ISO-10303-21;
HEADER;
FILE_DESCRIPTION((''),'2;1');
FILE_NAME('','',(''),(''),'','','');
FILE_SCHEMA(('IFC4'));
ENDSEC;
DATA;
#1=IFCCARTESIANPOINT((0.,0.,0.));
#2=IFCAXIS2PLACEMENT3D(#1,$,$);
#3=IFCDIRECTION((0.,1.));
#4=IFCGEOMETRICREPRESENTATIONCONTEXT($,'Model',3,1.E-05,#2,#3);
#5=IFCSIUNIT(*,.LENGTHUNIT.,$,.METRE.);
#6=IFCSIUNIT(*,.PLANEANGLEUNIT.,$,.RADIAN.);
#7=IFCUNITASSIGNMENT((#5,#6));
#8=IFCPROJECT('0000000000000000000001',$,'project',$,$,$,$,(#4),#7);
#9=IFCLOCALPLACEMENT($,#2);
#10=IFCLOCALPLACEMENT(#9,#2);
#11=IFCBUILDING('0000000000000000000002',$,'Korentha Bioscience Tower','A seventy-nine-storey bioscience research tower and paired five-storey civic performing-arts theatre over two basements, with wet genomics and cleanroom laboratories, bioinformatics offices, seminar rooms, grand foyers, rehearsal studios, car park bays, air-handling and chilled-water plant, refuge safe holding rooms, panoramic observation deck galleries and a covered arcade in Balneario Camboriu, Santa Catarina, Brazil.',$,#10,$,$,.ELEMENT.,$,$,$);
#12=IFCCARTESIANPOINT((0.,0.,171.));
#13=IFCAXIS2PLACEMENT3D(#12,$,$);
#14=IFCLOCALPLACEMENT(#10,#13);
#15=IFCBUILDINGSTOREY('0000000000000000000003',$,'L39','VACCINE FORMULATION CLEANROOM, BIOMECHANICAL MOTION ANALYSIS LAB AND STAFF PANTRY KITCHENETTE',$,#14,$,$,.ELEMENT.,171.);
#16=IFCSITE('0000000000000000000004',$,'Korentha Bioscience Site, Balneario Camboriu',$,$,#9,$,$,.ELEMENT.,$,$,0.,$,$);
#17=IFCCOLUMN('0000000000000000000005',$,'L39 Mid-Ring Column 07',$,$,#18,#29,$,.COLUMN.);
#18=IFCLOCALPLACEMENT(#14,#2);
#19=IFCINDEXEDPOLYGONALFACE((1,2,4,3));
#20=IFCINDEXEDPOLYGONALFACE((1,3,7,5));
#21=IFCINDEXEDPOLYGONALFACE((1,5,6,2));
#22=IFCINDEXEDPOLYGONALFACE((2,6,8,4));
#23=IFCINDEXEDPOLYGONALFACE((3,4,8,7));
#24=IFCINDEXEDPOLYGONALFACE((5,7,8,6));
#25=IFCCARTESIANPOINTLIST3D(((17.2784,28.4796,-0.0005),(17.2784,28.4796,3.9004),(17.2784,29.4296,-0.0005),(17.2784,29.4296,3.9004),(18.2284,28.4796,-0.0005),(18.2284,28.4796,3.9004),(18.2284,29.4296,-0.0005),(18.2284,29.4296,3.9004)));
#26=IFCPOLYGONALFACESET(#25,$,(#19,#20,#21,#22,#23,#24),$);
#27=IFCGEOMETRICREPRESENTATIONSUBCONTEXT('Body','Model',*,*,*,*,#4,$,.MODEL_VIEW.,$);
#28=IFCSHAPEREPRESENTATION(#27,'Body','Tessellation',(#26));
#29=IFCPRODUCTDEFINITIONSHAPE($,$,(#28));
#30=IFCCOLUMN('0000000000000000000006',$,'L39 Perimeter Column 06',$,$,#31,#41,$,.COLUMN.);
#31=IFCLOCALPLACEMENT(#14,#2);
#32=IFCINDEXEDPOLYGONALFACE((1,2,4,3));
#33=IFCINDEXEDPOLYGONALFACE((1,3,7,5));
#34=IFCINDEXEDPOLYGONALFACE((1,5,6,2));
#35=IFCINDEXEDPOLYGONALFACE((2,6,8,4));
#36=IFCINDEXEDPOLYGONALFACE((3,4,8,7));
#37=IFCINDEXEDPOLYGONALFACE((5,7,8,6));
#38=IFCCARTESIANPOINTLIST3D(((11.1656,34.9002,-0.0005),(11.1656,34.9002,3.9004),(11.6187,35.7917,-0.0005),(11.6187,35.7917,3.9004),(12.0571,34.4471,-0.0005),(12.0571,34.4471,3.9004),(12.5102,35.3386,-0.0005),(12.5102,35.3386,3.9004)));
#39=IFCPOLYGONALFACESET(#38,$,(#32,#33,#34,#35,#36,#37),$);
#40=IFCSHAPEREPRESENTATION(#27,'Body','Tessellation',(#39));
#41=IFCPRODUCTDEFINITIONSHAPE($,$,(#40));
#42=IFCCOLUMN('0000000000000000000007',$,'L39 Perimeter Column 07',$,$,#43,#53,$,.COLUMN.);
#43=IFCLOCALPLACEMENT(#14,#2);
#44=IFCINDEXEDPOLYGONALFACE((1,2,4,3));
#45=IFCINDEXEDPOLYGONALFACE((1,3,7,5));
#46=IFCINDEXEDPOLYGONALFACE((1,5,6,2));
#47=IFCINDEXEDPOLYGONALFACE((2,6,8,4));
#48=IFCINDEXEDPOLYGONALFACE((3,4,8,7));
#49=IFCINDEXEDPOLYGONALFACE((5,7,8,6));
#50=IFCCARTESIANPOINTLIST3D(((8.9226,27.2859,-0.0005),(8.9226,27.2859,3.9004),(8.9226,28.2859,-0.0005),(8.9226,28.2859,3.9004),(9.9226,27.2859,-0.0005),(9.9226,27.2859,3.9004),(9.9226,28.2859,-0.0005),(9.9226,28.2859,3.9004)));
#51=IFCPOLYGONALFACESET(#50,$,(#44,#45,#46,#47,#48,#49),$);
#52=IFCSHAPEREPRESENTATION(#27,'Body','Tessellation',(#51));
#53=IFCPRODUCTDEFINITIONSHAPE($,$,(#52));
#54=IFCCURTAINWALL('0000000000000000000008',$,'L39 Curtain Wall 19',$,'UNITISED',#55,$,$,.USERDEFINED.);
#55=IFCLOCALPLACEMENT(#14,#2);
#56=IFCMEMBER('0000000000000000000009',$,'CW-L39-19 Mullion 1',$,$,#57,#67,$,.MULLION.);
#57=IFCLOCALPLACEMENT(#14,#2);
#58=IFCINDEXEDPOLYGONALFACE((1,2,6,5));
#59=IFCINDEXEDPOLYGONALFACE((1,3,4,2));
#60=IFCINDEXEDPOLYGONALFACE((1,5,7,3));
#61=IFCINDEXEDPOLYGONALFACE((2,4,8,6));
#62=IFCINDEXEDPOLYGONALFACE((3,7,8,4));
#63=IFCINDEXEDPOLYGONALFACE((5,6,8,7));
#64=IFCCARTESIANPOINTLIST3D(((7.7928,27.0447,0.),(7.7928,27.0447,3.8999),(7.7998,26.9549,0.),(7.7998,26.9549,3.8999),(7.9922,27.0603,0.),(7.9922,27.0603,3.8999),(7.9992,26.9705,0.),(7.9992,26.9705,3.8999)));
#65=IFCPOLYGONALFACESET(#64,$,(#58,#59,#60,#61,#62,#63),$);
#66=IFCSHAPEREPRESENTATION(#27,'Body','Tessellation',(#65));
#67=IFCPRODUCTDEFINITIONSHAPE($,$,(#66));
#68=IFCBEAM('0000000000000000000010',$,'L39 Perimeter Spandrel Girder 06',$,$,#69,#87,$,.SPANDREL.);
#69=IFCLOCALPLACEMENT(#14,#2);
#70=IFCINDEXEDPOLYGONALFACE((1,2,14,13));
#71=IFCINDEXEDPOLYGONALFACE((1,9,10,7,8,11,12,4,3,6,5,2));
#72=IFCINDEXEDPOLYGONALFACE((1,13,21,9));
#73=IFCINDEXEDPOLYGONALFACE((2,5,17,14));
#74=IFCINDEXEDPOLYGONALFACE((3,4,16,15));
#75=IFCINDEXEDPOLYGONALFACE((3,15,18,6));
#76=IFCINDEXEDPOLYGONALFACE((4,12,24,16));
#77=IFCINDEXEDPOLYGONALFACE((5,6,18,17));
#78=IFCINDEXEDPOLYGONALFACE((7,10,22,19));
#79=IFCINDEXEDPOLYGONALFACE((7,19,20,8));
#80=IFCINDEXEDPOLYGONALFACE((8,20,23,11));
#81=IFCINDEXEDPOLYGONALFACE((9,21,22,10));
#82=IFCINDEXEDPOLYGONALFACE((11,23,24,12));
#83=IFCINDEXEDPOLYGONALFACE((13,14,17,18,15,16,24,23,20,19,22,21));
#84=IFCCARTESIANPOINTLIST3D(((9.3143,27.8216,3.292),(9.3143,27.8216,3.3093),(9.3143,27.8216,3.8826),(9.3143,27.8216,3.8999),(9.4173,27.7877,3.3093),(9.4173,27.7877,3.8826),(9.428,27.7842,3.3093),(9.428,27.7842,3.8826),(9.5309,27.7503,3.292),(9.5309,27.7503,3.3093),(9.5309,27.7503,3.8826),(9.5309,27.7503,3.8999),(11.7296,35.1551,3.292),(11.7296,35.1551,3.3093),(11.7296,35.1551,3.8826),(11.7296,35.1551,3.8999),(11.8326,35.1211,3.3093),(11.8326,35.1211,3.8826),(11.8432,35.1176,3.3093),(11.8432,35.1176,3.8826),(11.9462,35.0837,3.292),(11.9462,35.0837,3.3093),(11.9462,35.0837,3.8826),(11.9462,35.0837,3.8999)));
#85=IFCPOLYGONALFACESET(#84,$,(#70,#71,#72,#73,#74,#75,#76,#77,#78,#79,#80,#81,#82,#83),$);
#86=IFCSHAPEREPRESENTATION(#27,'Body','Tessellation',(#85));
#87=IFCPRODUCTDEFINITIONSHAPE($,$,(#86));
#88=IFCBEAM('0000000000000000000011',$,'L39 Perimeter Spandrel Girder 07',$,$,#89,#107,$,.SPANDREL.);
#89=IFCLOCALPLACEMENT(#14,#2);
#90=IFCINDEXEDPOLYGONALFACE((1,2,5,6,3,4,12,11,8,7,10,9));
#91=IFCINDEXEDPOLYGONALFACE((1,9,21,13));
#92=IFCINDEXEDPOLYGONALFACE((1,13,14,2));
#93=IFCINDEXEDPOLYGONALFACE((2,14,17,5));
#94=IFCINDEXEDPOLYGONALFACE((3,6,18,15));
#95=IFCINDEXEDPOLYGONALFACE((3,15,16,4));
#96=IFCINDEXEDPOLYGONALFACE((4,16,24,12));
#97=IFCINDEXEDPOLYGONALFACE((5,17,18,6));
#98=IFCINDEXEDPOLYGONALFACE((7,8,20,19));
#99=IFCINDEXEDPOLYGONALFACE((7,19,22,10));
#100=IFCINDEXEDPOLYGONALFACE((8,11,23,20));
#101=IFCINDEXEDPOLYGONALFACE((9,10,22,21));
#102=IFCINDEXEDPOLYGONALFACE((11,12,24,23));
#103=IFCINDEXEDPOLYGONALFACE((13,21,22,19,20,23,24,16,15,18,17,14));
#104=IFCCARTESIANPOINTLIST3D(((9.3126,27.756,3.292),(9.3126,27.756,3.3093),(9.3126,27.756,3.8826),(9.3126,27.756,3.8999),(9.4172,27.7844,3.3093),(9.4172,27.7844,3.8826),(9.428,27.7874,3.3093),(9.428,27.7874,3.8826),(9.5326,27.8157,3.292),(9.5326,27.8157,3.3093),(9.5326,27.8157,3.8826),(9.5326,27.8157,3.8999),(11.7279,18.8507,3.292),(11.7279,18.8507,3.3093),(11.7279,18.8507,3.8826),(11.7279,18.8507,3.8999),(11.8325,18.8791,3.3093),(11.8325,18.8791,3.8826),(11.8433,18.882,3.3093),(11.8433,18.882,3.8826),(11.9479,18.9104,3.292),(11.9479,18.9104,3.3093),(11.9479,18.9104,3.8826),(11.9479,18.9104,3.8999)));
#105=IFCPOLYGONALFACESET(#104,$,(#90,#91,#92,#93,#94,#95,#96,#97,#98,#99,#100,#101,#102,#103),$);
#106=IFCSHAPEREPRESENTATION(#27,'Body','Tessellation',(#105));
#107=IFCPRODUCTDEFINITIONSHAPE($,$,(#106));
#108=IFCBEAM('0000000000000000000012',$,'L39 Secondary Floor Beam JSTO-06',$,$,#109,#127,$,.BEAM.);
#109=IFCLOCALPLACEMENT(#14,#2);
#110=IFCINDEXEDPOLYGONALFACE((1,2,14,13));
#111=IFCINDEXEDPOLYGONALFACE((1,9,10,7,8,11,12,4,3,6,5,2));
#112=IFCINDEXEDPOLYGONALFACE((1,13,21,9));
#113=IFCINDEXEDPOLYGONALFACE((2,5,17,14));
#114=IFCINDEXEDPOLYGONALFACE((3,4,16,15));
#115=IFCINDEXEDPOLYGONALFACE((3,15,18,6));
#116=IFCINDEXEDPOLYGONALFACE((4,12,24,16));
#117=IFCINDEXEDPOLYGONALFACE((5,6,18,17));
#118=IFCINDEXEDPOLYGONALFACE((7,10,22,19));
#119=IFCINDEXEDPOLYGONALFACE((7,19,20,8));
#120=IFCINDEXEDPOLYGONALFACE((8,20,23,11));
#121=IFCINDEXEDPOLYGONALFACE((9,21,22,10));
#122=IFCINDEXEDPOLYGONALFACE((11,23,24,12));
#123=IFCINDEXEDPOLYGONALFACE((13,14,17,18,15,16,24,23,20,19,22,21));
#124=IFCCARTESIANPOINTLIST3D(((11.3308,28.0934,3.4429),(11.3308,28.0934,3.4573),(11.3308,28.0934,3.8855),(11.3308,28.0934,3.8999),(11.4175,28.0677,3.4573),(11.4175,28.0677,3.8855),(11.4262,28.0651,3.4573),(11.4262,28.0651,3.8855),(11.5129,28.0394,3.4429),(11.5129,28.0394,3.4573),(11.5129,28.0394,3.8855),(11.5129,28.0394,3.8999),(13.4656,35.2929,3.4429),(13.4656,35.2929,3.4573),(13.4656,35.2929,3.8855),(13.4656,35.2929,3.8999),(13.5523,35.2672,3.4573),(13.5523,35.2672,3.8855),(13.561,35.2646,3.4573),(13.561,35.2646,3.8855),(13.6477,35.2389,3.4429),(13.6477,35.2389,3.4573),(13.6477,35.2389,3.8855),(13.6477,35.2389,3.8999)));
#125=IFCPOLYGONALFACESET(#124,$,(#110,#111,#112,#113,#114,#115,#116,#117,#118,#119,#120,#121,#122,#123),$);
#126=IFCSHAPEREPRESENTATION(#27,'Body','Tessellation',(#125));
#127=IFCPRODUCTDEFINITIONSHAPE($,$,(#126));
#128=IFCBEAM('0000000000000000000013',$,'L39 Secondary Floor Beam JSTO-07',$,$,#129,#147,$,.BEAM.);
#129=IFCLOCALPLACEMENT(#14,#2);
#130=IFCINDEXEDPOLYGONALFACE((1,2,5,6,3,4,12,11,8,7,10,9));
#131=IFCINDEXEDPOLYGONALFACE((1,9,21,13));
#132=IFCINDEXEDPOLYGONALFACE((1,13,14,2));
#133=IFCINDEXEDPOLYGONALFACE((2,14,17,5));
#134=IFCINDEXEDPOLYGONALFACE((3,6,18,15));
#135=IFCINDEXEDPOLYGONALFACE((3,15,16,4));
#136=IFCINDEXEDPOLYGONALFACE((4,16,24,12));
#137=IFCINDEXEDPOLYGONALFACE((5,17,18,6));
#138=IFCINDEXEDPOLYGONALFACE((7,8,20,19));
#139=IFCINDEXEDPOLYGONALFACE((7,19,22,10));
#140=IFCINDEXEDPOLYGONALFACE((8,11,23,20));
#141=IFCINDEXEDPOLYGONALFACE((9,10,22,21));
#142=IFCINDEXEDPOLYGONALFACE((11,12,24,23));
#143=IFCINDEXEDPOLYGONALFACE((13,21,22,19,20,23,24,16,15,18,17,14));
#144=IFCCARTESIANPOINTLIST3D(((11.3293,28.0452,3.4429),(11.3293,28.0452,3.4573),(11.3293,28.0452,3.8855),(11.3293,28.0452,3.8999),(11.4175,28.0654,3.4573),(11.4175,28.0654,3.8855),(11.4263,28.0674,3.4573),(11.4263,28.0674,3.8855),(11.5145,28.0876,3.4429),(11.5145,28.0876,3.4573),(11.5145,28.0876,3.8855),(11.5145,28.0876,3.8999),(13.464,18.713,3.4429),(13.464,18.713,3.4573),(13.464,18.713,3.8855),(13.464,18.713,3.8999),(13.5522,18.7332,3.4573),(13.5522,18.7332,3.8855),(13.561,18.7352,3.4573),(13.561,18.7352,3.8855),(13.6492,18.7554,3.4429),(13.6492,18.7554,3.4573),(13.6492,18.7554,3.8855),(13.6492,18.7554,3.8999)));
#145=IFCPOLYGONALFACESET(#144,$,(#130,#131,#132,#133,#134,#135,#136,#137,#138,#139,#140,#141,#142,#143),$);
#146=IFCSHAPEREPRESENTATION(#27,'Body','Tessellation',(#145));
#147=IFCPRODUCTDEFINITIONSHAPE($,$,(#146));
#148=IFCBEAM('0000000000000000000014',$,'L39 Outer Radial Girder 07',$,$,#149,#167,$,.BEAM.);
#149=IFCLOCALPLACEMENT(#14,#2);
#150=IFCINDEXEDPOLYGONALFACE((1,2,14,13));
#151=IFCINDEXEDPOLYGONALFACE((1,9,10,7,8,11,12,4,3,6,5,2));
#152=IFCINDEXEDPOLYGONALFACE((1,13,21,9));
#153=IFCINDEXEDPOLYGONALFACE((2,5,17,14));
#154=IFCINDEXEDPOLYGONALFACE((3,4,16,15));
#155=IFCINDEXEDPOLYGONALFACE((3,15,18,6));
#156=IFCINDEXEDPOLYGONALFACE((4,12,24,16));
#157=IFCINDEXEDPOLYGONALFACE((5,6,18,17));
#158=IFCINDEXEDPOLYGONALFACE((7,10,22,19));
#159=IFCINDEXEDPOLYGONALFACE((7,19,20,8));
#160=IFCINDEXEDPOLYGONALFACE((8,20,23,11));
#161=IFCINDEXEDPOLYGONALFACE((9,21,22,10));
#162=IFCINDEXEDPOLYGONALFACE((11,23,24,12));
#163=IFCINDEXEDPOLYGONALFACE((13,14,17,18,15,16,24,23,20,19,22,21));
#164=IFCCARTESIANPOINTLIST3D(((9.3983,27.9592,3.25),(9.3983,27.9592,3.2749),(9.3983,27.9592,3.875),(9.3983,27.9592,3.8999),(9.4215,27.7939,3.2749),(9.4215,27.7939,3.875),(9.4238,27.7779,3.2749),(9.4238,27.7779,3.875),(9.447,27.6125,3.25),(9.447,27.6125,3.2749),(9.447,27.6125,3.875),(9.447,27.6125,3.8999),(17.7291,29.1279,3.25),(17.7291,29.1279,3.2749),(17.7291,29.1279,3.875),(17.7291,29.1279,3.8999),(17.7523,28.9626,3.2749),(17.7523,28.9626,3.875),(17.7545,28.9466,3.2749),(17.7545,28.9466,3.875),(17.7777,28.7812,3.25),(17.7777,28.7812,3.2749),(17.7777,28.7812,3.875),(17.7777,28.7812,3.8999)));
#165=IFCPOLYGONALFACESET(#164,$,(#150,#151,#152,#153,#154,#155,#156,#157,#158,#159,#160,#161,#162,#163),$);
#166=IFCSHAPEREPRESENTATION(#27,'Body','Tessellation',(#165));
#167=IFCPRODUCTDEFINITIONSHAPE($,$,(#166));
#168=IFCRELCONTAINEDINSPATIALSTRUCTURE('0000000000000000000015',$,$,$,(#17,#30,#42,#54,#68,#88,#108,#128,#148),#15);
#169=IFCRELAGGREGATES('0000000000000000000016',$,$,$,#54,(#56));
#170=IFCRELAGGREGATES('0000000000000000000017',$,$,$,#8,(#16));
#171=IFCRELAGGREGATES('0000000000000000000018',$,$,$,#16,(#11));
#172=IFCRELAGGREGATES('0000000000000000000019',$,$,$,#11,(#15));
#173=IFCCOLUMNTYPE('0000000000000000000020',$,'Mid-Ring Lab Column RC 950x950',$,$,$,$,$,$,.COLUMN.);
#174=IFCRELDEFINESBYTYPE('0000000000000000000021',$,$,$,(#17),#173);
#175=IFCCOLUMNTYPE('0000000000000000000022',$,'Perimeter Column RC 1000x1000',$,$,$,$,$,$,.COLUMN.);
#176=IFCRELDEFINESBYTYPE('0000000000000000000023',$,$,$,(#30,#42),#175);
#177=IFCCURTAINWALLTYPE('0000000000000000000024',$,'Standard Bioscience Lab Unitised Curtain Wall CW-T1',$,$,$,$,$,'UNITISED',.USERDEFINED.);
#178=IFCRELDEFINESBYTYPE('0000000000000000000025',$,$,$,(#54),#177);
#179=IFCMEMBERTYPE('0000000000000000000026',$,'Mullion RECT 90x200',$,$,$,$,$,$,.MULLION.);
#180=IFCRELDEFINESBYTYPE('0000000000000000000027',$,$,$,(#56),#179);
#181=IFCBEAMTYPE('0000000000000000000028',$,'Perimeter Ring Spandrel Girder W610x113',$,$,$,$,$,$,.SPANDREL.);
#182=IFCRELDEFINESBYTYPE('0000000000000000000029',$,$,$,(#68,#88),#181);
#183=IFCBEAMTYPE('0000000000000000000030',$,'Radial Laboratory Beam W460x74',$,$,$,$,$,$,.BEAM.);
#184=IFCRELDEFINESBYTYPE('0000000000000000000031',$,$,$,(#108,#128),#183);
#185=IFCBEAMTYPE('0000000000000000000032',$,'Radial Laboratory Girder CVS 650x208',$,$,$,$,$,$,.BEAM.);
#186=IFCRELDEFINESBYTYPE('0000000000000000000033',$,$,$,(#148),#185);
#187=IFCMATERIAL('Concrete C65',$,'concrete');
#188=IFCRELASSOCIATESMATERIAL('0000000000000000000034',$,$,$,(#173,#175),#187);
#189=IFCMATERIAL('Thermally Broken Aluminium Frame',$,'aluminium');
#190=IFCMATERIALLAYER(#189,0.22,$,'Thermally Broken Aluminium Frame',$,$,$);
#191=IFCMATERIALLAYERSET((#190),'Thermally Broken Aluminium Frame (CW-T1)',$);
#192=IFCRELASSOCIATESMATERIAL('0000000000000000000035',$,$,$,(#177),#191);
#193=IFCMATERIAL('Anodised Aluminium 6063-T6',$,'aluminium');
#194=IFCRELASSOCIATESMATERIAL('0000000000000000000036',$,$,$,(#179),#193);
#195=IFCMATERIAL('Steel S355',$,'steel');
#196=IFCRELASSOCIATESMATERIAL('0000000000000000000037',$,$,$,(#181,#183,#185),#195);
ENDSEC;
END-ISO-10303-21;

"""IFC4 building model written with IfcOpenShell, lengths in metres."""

from ifc_helpers import new_model, si_unit, direction, frame, origin, origin_2d, place, context, subcontext, project, spatial, rectangle, i_section, extrude, material, layer, layer_set, material_profile, profile_set, type_object, element, aggregate, save


model = new_model("IFC4")

# Units and contexts
model_context = context("Model", 3, precision=1e-05, world=origin(), true_north=direction((0.0, 1.0)))
body_context = subcontext(model_context, "Body", "Model", "MODEL_VIEW")
ifc_project = project(units=[si_unit("LENGTHUNIT", "METRE"), si_unit("PLANEANGLEUNIT", "RADIAN")], contexts=[model_context])

# Site, building, storey
site_placement = place(None, origin())
site = spatial("IfcSite", under=ifc_project, at=site_placement, Name="Korentha Bioscience Site, Balneario Camboriu", CompositionType="ELEMENT", RefElevation=0.0)
building_placement = place(site_placement, origin())
building = spatial("IfcBuilding", under=site, at=building_placement, Name="Korentha Bioscience Tower", Description="A seventy-nine-storey bioscience research tower and paired five-storey civic performing-arts theatre over two basements, with wet genomics and cleanroom laboratories, bioinformatics offices, seminar rooms, grand foyers, rehearsal studios, car park bays, air-handling and chilled-water plant, refuge safe holding rooms, panoramic observation deck galleries and a covered arcade in Balneario Camboriu, Santa Catarina, Brazil.", CompositionType="ELEMENT")
storey_placement = place(building_placement, frame((0.0, 0.0, 171.0)))
storey = spatial("IfcBuildingStorey", under=building, at=storey_placement, Name="L39", Description="VACCINE FORMULATION CLEANROOM, BIOMECHANICAL MOTION ANALYSIS LAB AND STAFF PANTRY KITCHENETTE", CompositionType="ELEMENT", Elevation=171.0)

# Columns
ifc_material_1 = material(Name="Concrete C65", Category="concrete")
ifc_material_profile_1 = material_profile(ifc_material_1, rectangle(XDim=0.95, YDim=0.95, at=origin_2d()), Name="Concrete C65")
ifc_profile_set_1 = profile_set([ifc_material_profile_1], Name="Concrete C65 (COL-MR09)")
column_type_1 = type_object("IfcColumnType", Name="Mid-Ring Lab Column RC 950x950", PredefinedType="COLUMN", material=ifc_profile_set_1)
column_placement = place(storey_placement, frame((17.7534, 28.9546, -0.0005), z_axis=(0.0, 0.0, 1.0), x_axis=(1.0, 0.0, 0.0)))
element("IfcColumn", 1, at=column_placement, inside=storey, type_object=column_type_1, Name="L39 Mid-Ring Column 07", PredefinedType="COLUMN", context=body_context, shape_type="SweptSolid", body=[
    extrude(rectangle(XDim=0.95, YDim=0.95, at=origin_2d()), origin(), (0.0, 0.0, 1.0), 3.9009),
])
ifc_material_profile_2 = material_profile(ifc_material_1, rectangle(XDim=1.0, YDim=1.0, at=origin_2d()), Name="Concrete C65")
ifc_profile_set_2 = profile_set([ifc_material_profile_2], Name="Concrete C65 (COL-P10)")
column_type_2 = type_object("IfcColumnType", Name="Perimeter Column RC 1000x1000", PredefinedType="COLUMN", material=ifc_profile_set_2)
for number, where, z_axis, x_axis, name in (
    (2, (11.8379, 35.1194, -0.0005), (0.0, 0.0, 1.0), (0.453057, 0.891481, 0.0), "L39 Perimeter Column 06"),
    (3, (9.4226, 27.7859, -0.0005), (0.0, 0.0, 1.0), (0.0, 1.0, 0.0), "L39 Perimeter Column 07"),
):
    element("IfcColumn", number, at=place(storey_placement, frame(where, z_axis=z_axis, x_axis=x_axis)), inside=storey, type_object=column_type_2, Name=name, PredefinedType="COLUMN", context=body_context, shape_type="SweptSolid", body=[
        extrude(rectangle(XDim=1.0, YDim=1.0, at=origin_2d()), origin(), (0.0, 0.0, 1.0), 3.9009),
    ])

# Curtain wall, member
ifc_material_2 = material(Name="Thermally Broken Aluminium Frame", Category="aluminium")
ifc_layer_1 = layer(ifc_material_2, 0.22, Name="Thermally Broken Aluminium Frame")
ifc_layer_set_1 = layer_set([ifc_layer_1], Name="Thermally Broken Aluminium Frame (CW-T1)")
curtain_wall_type = type_object("IfcCurtainWallType", Name="Standard Bioscience Lab Unitised Curtain Wall CW-T1", ElementType="UNITISED", PredefinedType="USERDEFINED", material=ifc_layer_set_1)
curtain_wall_placement = place(storey_placement, origin())
curtain_wall = element("IfcCurtainWall", 4, at=curtain_wall_placement, inside=storey, type_object=curtain_wall_type, Name="L39 Curtain Wall 19", ObjectType="UNITISED", PredefinedType="USERDEFINED")
ifc_material_3 = material(Name="Anodised Aluminium 6063-T6", Category="aluminium")
ifc_material_profile_3 = material_profile(ifc_material_3, rectangle(XDim=0.0901, YDim=0.2, at=origin_2d()), Name="Anodised Aluminium 6063-T6")
ifc_profile_set_3 = profile_set([ifc_material_profile_3], Name="Anodised Aluminium 6063-T6 (CW-MUL)")
member_type_1 = type_object("IfcMemberType", Name="Mullion RECT 90x200", PredefinedType="MULLION", material=ifc_profile_set_3)
member_1_placement = place(storey_placement, frame((7.896, 27.0076, 0.0), z_axis=(0.0, 0.0, 1.0), x_axis=(0.078031, -0.996951, 0.0)))
member_1 = element("IfcMember", 5, at=member_1_placement, type_object=member_type_1, Name="CW-L39-19 Mullion 1", PredefinedType="MULLION", context=body_context, shape_type="SweptSolid", body=[
    extrude(rectangle(XDim=0.0901, YDim=0.2, at=origin_2d()), origin(), (0.0, 0.0, 1.0), 3.8999),
])

# Beams
ifc_material_4 = material(Name="Steel S355", Category="steel")
ifc_material_profile_4 = material_profile(ifc_material_4, i_section(OverallWidth=0.228, OverallDepth=0.6079, WebThickness=0.0112, FlangeThickness=0.0173, at=origin_2d()), Name="Steel S355")
ifc_profile_set_4 = profile_set([ifc_material_profile_4], Name="Steel S355 (SB-610)")
beam_type_1 = type_object("IfcBeamType", Name="Perimeter Ring Spandrel Girder W610x113", PredefinedType="SPANDREL", material=ifc_profile_set_4)
beam_1_placement = place(storey_placement, frame((11.8379, 35.1194, 3.5959), z_axis=(-0.31282, -0.949812, 0.0), x_axis=(0.949812, -0.31282, 0.0)))
element("IfcBeam", 6, at=beam_1_placement, inside=storey, type_object=beam_type_1, Name="L39 Perimeter Spandrel Girder 06", PredefinedType="SPANDREL", context=body_context, shape_type="SweptSolid", body=[
    extrude(i_section(OverallWidth=0.228, OverallDepth=0.6079, WebThickness=0.0112, FlangeThickness=0.0173, at=origin_2d()), origin(), (0.0, 0.0, 1.0), 7.7209),
])
beam_2_placement = place(storey_placement, frame((9.4226, 27.7859, 3.5959), z_axis=(0.261763, -0.965132, 0.0), x_axis=(0.965132, 0.261763, 0.0)))
element("IfcBeam", 7, at=beam_2_placement, inside=storey, type_object=beam_type_1, Name="L39 Perimeter Spandrel Girder 07", PredefinedType="SPANDREL", context=body_context, shape_type="SweptSolid", body=[
    extrude(i_section(OverallWidth=0.228, OverallDepth=0.6079, WebThickness=0.0112, FlangeThickness=0.0173, at=origin_2d()), origin(), (0.0, 0.0, 1.0), 9.2271),
])
ifc_material_profile_5 = material_profile(ifc_material_4, i_section(OverallWidth=0.1899, OverallDepth=0.457, WebThickness=0.009, FlangeThickness=0.0144, at=origin_2d()), Name="Steel S355")
ifc_profile_set_5 = profile_set([ifc_material_profile_5], Name="Steel S355 (RB-460)")
beam_type_2 = type_object("IfcBeamType", Name="Radial Laboratory Beam W460x74", PredefinedType="BEAM", material=ifc_profile_set_5)
beam_3_placement = place(storey_placement, frame((13.5566, 35.2659, 3.6714), z_axis=(-0.284283, -0.95874, 0.0), x_axis=(0.95874, -0.284283, 0.0)))
element("IfcBeam", 8, at=beam_3_placement, inside=storey, type_object=beam_type_2, Name="L39 Secondary Floor Beam JSTO-06", PredefinedType="BEAM", context=body_context, shape_type="SweptSolid", body=[
    extrude(i_section(OverallWidth=0.1899, OverallDepth=0.457, WebThickness=0.009, FlangeThickness=0.0144, at=origin_2d()), origin(), (0.0, 0.0, 1.0), 7.5093),
])
beam_4_placement = place(storey_placement, frame((11.4219, 28.0664, 3.6714), z_axis=(0.222991, -0.974821, 0.0), x_axis=(0.974821, 0.222991, 0.0)))
element("IfcBeam", 9, at=beam_4_placement, inside=storey, type_object=beam_type_2, Name="L39 Secondary Floor Beam JSTO-07", PredefinedType="BEAM", context=body_context, shape_type="SweptSolid", body=[
    extrude(i_section(OverallWidth=0.1899, OverallDepth=0.457, WebThickness=0.009, FlangeThickness=0.0144, at=origin_2d()), origin(), (0.0, 0.0, 1.0), 9.5732),
])
ifc_material_profile_6 = material_profile(ifc_material_4, i_section(OverallWidth=0.3501, OverallDepth=0.6499, WebThickness=0.0161, FlangeThickness=0.0249, at=origin_2d()), Name="Steel S355")
ifc_profile_set_6 = profile_set([ifc_material_profile_6], Name="Steel S355 (RB-650)")
beam_type_3 = type_object("IfcBeamType", Name="Radial Laboratory Girder CVS 650x208", PredefinedType="BEAM", material=ifc_profile_set_6)
beam_5_placement = place(storey_placement, frame((17.7534, 28.9546, 3.575), z_axis=(-0.990303, -0.138926, 0.0), x_axis=(0.138926, -0.990303, 0.0)))
element("IfcBeam", 10, at=beam_5_placement, inside=storey, type_object=beam_type_3, Name="L39 Outer Radial Girder 07", PredefinedType="BEAM", context=body_context, shape_type="SweptSolid", body=[
    extrude(i_section(OverallWidth=0.3501, OverallDepth=0.6499, WebThickness=0.0161, FlangeThickness=0.0249, at=origin_2d()), origin(), (0.0, 0.0, 1.0), 8.4124),
])

aggregate(curtain_wall, [member_1])

save(model, "model.ifc")
